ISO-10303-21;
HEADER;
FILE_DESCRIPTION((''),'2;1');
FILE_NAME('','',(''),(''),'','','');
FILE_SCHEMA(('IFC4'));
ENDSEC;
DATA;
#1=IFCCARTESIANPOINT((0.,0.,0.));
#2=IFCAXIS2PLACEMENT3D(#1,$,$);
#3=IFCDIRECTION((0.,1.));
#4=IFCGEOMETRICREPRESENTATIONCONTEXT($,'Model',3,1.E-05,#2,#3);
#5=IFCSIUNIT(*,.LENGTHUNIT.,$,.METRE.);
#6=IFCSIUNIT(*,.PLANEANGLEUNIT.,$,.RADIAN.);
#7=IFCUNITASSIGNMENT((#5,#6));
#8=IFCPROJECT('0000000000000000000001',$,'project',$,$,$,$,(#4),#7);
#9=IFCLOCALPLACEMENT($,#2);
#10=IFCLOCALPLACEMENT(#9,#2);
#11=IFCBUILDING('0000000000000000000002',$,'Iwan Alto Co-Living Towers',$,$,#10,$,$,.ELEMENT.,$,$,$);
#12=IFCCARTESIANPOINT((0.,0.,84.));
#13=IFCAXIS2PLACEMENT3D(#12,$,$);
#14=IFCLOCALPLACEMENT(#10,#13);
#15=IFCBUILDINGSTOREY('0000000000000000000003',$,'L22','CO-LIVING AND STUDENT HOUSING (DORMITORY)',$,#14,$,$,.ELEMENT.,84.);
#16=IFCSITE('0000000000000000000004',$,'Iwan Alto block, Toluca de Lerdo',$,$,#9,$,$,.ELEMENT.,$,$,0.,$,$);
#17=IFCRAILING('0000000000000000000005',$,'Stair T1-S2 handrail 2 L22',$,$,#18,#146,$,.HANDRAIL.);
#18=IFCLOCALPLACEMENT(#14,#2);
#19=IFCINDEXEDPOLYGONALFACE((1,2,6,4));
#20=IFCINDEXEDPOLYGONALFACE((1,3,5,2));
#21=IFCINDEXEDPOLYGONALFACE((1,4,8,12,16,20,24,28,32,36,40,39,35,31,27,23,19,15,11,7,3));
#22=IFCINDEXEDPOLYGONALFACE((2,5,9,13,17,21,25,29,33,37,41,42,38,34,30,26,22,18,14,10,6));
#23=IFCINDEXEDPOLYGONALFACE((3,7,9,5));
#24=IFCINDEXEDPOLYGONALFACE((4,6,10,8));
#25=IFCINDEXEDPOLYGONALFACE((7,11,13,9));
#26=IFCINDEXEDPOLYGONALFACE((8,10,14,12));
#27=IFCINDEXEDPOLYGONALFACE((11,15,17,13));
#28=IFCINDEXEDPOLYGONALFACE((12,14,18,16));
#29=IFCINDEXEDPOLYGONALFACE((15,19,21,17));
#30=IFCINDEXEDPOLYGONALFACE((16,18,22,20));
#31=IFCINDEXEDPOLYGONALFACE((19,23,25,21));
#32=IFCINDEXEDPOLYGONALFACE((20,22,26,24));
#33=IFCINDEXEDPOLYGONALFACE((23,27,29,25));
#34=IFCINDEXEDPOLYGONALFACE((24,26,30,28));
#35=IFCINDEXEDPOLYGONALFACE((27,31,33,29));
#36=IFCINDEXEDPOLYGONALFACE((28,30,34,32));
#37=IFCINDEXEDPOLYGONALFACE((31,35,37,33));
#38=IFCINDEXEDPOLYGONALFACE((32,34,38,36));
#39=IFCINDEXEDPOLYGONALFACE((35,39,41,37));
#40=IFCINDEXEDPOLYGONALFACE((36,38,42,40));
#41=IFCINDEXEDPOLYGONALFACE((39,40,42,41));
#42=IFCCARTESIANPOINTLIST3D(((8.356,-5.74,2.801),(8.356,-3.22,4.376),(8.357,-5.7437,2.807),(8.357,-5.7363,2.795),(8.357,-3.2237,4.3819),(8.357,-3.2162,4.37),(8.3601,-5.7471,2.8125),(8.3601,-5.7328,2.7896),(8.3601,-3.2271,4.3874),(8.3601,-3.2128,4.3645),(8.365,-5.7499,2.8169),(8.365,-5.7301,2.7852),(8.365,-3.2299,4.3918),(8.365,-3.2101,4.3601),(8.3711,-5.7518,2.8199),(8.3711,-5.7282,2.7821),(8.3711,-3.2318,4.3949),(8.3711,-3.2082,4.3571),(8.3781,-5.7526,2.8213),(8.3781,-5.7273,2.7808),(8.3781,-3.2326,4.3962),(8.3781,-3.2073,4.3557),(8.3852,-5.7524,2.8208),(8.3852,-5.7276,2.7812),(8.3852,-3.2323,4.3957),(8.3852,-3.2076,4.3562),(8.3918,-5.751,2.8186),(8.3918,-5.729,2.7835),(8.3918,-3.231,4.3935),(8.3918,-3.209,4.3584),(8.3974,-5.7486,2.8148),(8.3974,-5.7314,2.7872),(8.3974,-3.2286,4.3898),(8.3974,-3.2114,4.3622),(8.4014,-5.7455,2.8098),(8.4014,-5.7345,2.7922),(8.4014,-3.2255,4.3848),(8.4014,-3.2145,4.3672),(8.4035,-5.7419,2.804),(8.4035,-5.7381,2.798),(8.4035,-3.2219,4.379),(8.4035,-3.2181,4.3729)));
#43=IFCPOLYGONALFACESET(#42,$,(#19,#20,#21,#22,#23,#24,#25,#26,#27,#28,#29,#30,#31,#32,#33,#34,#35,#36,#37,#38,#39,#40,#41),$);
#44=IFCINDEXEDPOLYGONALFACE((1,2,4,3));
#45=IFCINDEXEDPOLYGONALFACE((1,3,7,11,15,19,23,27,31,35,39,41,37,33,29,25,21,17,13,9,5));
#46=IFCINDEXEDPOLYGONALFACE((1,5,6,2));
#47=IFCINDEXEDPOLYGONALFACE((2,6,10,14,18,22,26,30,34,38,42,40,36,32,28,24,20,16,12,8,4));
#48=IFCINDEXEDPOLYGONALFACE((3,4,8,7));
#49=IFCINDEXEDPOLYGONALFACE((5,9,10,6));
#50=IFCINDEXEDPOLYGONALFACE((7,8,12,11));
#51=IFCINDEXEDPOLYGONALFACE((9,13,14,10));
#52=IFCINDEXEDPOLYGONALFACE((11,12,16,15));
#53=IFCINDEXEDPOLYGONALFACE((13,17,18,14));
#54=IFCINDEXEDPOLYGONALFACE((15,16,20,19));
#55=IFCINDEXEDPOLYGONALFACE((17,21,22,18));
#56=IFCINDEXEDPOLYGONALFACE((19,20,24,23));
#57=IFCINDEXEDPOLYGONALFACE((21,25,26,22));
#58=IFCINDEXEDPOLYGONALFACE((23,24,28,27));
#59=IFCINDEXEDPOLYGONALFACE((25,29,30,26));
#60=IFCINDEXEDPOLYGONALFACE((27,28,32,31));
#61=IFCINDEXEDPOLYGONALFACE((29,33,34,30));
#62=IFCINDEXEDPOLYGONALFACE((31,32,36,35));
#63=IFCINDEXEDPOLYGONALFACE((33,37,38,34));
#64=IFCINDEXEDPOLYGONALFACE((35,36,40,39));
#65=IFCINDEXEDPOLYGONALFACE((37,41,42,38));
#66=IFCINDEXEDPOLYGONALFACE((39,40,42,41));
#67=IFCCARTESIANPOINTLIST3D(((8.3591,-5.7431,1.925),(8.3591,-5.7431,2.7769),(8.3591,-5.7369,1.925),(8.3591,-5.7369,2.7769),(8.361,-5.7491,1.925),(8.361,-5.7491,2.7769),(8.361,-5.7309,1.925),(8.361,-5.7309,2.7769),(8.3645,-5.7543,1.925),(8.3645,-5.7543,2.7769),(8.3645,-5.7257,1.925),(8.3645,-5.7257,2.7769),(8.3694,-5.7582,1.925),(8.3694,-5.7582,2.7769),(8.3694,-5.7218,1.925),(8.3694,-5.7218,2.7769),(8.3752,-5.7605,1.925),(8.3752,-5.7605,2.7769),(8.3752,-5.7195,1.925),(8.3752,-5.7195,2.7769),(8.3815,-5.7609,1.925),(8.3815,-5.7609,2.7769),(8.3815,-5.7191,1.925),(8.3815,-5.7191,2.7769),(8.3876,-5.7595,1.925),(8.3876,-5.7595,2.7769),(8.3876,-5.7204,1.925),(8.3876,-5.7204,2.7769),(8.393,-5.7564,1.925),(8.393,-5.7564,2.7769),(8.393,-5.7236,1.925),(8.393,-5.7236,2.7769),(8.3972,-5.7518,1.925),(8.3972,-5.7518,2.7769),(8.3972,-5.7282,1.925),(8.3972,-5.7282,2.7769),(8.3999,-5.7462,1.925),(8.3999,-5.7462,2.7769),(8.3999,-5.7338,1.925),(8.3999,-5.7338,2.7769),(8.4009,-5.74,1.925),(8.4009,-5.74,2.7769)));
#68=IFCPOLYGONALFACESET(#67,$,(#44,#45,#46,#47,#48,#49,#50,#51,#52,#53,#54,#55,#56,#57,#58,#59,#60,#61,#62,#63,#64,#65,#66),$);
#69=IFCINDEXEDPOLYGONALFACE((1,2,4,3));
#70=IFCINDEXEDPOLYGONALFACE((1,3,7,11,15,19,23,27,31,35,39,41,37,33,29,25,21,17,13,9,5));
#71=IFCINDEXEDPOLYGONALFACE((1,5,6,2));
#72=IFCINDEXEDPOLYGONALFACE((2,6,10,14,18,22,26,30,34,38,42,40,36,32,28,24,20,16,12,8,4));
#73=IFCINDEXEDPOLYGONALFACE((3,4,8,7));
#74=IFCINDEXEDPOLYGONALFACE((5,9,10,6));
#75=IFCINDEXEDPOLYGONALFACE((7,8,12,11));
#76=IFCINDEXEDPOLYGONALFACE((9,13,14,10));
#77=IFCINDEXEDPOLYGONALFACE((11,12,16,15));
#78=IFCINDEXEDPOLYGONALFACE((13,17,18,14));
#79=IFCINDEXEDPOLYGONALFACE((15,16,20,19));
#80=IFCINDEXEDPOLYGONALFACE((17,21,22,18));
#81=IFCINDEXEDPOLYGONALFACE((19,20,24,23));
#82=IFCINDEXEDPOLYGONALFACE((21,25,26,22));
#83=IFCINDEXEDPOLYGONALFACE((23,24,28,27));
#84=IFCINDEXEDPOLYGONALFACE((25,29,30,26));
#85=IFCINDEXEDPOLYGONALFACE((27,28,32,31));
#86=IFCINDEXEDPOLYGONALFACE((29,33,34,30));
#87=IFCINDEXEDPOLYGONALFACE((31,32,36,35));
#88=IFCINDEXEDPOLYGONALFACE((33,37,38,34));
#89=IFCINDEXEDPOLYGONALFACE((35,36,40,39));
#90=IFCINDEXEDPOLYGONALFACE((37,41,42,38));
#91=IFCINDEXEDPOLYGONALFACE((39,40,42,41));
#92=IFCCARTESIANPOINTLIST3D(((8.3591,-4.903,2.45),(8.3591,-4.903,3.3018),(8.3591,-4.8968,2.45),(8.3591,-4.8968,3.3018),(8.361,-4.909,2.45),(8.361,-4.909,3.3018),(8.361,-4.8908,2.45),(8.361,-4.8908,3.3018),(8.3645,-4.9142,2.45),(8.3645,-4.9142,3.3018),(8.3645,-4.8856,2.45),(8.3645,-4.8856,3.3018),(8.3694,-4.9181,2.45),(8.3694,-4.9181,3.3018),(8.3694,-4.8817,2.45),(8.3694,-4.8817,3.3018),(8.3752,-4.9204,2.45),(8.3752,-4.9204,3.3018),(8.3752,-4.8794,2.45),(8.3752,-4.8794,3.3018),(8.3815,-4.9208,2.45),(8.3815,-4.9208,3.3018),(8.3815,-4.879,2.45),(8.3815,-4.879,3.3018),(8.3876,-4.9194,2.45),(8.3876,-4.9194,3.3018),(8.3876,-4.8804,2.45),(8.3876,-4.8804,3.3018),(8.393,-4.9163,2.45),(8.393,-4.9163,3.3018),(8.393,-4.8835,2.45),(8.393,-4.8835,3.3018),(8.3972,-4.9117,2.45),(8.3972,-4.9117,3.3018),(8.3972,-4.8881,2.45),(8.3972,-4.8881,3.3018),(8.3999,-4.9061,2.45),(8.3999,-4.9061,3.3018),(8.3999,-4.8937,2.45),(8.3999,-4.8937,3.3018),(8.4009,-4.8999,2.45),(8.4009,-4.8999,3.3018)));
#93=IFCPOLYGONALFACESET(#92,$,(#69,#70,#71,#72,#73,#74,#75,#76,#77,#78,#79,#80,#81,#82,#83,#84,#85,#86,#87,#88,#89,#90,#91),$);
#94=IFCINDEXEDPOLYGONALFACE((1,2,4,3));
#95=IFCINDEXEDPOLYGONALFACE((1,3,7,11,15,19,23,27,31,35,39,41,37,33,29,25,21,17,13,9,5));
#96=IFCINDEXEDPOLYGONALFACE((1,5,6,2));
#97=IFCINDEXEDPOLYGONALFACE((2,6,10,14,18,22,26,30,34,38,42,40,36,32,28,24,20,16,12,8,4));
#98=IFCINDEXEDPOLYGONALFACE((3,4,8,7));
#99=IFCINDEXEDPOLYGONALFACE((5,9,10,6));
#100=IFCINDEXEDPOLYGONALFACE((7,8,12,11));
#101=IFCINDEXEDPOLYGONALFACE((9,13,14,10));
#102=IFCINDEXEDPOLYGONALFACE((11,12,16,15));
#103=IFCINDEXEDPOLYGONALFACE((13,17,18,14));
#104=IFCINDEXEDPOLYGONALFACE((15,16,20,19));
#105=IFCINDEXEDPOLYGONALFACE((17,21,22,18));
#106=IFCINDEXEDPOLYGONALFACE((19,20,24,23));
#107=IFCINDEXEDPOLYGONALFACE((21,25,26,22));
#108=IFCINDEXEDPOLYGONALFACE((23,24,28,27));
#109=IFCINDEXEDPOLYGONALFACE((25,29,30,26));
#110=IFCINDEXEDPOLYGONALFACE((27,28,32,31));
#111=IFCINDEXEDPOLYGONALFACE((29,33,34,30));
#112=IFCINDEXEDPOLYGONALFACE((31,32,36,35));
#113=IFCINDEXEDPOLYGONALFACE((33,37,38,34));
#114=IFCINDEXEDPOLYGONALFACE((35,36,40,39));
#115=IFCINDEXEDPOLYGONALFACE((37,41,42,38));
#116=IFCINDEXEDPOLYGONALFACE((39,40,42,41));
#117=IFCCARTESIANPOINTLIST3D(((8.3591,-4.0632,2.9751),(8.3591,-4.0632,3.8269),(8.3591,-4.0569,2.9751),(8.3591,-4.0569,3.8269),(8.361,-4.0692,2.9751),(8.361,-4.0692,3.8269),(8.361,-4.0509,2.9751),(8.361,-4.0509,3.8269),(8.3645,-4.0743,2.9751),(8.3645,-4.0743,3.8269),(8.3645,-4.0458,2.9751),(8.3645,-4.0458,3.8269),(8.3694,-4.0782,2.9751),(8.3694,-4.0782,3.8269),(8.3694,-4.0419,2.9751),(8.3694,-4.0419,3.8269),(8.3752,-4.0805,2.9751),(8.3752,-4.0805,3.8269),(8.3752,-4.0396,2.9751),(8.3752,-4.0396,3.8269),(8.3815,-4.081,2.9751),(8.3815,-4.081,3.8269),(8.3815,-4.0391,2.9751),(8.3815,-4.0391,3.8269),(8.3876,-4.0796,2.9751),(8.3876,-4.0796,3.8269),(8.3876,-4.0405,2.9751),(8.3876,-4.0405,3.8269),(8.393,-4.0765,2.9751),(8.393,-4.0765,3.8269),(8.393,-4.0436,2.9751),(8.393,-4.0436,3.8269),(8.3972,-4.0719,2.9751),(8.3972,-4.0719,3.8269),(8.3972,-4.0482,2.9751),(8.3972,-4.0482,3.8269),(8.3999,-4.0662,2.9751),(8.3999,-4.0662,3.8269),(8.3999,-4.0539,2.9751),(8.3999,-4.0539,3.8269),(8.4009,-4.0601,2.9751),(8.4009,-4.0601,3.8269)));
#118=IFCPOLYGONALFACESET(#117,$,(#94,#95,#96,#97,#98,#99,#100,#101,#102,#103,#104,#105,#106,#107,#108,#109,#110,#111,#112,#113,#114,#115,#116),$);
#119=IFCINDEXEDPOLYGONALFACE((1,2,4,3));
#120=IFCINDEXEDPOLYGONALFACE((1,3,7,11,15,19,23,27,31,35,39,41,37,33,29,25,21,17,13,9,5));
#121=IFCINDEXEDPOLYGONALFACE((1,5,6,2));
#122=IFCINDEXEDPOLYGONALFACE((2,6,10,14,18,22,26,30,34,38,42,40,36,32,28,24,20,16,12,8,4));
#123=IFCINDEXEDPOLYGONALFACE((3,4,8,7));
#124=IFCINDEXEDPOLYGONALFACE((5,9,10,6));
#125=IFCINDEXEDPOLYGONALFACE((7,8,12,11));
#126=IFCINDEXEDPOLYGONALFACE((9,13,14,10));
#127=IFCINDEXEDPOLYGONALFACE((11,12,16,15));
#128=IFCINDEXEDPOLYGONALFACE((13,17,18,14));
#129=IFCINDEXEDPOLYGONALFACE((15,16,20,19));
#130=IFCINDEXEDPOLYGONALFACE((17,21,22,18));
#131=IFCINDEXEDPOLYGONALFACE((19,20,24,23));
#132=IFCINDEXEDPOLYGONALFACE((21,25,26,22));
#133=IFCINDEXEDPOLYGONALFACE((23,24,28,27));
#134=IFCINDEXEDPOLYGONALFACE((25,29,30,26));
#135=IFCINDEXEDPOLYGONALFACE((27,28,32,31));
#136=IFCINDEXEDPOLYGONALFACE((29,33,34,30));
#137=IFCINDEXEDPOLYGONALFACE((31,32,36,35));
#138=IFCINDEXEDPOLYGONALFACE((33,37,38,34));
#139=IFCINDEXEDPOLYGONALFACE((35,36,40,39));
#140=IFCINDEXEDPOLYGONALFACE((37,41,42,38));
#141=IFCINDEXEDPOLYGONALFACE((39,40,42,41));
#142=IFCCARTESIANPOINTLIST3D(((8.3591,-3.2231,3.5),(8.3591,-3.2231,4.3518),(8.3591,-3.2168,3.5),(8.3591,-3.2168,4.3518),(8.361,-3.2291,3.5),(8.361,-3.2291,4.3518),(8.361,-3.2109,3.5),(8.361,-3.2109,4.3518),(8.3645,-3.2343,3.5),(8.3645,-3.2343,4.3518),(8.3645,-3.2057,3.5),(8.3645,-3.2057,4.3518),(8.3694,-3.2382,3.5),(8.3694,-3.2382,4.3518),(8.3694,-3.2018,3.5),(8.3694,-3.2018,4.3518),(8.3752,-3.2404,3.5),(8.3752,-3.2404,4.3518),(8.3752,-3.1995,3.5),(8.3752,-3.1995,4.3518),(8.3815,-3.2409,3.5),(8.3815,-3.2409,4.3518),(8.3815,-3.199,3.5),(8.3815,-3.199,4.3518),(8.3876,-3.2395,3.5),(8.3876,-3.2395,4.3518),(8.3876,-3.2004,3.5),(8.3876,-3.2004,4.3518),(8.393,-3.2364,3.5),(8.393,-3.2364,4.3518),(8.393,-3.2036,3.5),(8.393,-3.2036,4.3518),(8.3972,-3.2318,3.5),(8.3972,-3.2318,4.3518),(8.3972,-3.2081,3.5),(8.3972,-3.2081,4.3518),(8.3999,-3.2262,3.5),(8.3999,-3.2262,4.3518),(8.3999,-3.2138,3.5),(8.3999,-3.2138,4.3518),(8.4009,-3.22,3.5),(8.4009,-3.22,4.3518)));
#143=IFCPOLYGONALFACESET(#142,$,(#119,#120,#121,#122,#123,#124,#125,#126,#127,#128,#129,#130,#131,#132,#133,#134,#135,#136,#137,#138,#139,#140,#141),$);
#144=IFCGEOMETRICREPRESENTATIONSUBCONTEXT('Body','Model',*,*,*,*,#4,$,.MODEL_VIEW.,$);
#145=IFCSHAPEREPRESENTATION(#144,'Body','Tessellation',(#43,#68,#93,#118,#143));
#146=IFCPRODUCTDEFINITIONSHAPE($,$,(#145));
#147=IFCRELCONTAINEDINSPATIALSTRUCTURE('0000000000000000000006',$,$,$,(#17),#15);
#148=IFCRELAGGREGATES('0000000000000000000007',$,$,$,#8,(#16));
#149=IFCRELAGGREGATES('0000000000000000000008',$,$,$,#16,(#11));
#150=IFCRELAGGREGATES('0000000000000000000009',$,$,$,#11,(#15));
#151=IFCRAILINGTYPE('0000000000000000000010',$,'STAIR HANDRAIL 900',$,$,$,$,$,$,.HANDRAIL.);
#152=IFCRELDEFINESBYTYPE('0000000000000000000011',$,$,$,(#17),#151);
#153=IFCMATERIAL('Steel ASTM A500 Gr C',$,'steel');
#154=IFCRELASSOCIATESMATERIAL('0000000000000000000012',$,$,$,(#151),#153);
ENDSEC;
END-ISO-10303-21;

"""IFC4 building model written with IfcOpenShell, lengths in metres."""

from ifc_helpers import new_model, si_unit, direction, frame, origin, origin_2d, place, context, subcontext, project, spatial, circle, extrude, material, type_object, element, save


model = new_model("IFC4")

# Units and contexts
model_context = context("Model", 3, precision=1e-05, world=origin(), true_north=direction((0.0, 1.0)))
body_context = subcontext(model_context, "Body", "Model", "MODEL_VIEW")
ifc_project = project(units=[si_unit("LENGTHUNIT", "METRE"), si_unit("PLANEANGLEUNIT", "RADIAN")], contexts=[model_context])

# Site, building, storey
site_placement = place(None, origin())
site = spatial("IfcSite", under=ifc_project, at=site_placement, Name="Iwan Alto block, Toluca de Lerdo", CompositionType="ELEMENT", RefElevation=0.0)
building_placement = place(site_placement, origin())
building = spatial("IfcBuilding", under=site, at=building_placement, Name="Iwan Alto Co-Living Towers", CompositionType="ELEMENT")
storey_placement = place(building_placement, frame((0.0, 0.0, 84.0)))
storey = spatial("IfcBuildingStorey", under=building, at=storey_placement, Name="L22", Description="CO-LIVING AND STUDENT HOUSING (DORMITORY)", CompositionType="ELEMENT", Elevation=84.0)

# Railing
ifc_material_1 = material(Name="Steel ASTM A500 Gr C", Category="steel")
railing_type_1 = type_object("IfcRailingType", Name="STAIR HANDRAIL 900", PredefinedType="HANDRAIL", material=ifc_material_1)
railing_1_placement = place(storey_placement, frame((8.3799, -5.74, 1.925)))
element("IfcRailing", 1, at=railing_1_placement, inside=storey, type_object=railing_type_1, Name="Stair T1-S2 handrail 2 L22", PredefinedType="HANDRAIL", context=body_context, shape_type="SweptSolid", body=[
    extrude(circle(Radius=0.0239, at=origin_2d()), frame((0.0, 0.0, 0.876), z_axis=(0.0, 0.848008, 0.529984), x_axis=(-1.0, 0.0, 0.0)), (0.0, 0.0, 1.0), 2.9717),
    extrude(circle(Radius=0.021, at=origin_2d()), origin(), (0.0, 0.0, 1.0), 0.8518),
    extrude(circle(Radius=0.021, at=origin_2d()), frame((0.0, 0.8401, 0.5249)), (0.0, 0.0, 1.0), 0.8518),
    extrude(circle(Radius=0.021, at=origin_2d()), frame((0.0, 1.6799, 1.05)), (0.0, 0.0, 1.0), 0.8518),
    extrude(circle(Radius=0.021, at=origin_2d()), frame((0.0, 2.52, 1.575)), (0.0, 0.0, 1.0), 0.8518),
])

save(model, "model.ifc")
